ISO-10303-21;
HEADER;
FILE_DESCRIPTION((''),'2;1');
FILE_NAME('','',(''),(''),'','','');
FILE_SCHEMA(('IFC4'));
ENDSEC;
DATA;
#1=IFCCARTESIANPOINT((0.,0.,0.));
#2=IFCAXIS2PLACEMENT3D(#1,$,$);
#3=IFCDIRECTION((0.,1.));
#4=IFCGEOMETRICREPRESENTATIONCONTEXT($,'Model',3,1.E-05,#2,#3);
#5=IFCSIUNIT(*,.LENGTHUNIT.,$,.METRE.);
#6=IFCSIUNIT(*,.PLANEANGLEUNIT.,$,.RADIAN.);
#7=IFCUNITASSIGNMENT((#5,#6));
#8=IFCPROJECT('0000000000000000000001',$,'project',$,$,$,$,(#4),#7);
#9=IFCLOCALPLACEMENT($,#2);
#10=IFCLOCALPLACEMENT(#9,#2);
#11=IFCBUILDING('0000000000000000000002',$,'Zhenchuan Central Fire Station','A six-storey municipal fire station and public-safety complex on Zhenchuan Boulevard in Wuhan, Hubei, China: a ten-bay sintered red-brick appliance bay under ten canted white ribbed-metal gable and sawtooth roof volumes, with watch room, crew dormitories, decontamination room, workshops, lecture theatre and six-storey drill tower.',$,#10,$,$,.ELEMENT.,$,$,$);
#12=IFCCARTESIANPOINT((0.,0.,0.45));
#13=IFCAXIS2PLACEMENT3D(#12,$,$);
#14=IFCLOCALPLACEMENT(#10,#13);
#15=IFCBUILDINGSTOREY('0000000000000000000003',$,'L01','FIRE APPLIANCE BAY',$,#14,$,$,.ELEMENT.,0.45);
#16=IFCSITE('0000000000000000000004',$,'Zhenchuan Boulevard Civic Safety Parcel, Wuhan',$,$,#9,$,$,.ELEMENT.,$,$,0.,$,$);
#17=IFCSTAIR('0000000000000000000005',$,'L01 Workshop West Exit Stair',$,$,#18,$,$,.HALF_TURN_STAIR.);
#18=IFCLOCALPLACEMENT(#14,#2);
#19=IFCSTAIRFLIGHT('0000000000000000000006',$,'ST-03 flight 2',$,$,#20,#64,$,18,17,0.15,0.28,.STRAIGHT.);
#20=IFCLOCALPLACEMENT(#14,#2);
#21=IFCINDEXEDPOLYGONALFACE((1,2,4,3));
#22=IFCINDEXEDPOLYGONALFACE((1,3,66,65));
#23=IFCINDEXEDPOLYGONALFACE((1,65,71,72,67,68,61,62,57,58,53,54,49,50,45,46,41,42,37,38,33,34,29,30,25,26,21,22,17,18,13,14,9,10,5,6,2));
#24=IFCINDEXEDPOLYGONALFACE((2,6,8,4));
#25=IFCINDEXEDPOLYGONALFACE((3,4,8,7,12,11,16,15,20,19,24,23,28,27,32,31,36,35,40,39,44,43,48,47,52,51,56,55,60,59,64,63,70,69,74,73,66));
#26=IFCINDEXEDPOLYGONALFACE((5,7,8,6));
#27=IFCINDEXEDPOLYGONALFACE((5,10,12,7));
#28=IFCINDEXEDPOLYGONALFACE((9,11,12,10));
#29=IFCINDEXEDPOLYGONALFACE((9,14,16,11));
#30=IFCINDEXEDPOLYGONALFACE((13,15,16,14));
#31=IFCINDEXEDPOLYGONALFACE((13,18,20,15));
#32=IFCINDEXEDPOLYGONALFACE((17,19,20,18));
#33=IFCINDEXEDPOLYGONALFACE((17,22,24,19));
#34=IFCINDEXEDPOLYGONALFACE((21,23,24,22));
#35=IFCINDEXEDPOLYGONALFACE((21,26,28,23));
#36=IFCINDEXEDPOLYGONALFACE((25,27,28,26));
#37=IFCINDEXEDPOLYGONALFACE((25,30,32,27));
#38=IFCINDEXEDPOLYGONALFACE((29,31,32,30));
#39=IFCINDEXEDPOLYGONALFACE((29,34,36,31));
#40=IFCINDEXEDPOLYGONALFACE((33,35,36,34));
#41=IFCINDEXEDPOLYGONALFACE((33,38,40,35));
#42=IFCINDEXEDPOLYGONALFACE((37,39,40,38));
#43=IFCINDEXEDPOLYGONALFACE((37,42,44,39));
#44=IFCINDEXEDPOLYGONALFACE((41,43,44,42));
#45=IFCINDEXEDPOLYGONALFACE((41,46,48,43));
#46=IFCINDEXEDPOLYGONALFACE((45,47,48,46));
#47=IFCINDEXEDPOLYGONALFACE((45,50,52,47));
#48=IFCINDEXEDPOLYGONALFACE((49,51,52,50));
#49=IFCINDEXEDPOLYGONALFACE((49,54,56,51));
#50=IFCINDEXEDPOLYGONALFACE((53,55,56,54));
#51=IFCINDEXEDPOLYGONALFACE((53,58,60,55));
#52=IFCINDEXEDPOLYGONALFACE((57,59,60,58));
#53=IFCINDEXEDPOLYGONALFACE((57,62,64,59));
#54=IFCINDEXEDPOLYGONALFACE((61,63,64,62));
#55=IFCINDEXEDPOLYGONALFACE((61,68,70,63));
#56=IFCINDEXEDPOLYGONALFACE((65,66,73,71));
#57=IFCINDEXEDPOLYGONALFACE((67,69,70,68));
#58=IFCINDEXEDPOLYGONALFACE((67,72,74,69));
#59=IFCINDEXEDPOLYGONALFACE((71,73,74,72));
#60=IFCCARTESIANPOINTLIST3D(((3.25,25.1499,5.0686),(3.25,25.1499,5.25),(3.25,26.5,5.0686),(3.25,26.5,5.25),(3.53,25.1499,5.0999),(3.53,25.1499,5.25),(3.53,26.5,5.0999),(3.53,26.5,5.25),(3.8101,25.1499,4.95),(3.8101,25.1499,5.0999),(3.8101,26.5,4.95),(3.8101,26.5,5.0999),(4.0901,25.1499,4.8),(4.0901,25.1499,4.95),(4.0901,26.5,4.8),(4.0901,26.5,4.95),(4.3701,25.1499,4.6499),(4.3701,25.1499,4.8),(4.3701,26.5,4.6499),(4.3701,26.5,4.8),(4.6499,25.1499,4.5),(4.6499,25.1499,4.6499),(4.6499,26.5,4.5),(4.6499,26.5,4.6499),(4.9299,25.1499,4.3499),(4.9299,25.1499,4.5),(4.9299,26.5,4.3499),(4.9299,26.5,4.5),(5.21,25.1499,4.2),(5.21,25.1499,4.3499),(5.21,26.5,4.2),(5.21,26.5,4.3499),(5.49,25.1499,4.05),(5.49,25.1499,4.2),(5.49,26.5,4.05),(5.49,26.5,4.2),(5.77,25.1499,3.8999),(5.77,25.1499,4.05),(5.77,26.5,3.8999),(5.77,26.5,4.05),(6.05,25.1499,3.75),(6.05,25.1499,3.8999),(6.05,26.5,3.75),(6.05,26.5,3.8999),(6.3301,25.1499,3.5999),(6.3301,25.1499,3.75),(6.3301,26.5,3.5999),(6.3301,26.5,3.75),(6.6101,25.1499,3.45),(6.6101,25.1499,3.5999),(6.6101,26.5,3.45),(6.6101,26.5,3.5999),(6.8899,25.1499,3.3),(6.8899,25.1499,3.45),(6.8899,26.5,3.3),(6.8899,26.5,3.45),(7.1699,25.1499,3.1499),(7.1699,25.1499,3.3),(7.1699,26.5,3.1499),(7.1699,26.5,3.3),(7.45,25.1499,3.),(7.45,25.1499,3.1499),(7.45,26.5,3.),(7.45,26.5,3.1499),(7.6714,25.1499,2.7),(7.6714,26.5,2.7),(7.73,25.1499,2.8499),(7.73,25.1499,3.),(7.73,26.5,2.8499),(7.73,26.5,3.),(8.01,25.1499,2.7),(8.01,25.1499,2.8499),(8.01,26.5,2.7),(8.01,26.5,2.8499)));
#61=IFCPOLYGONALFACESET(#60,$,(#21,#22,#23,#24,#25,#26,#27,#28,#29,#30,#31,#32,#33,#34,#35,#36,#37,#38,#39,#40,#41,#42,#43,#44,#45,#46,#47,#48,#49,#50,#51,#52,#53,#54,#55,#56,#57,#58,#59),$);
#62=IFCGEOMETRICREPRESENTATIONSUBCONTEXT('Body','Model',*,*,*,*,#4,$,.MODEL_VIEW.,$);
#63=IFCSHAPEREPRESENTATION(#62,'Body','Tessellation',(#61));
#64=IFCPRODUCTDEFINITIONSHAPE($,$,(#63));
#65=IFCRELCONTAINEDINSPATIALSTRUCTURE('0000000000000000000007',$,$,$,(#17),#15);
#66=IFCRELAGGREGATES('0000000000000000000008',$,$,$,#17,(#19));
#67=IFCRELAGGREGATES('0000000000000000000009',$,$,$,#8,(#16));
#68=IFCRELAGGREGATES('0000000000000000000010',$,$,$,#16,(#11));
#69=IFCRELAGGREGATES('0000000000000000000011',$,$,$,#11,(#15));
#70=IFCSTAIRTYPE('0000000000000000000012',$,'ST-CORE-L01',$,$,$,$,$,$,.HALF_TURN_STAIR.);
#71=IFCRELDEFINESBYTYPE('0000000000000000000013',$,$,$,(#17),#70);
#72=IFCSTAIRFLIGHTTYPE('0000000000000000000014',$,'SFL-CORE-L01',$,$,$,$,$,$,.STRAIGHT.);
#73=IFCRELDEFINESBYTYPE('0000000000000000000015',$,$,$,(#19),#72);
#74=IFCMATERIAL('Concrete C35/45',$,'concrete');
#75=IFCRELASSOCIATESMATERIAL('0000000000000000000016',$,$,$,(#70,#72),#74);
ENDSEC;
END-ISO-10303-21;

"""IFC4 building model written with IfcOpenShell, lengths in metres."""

from ifc_helpers import new_model, si_unit, direction, frame, origin, place, context, subcontext, project, spatial, polyline, outline, extrude, material, type_object, element, aggregate, save


model = new_model("IFC4")

# Units and contexts
model_context = context("Model", 3, precision=1e-05, world=origin(), true_north=direction((0.0, 1.0)))
body_context = subcontext(model_context, "Body", "Model", "MODEL_VIEW")
ifc_project = project(units=[si_unit("LENGTHUNIT", "METRE"), si_unit("PLANEANGLEUNIT", "RADIAN")], contexts=[model_context])

# Site, building, storey
site_placement = place(None, origin())
site = spatial("IfcSite", under=ifc_project, at=site_placement, Name="Zhenchuan Boulevard Civic Safety Parcel, Wuhan", CompositionType="ELEMENT", RefElevation=0.0)
building_placement = place(site_placement, origin())
building = spatial("IfcBuilding", under=site, at=building_placement, Name="Zhenchuan Central Fire Station", Description="A six-storey municipal fire station and public-safety complex on Zhenchuan Boulevard in Wuhan, Hubei, China: a ten-bay sintered red-brick appliance bay under ten canted white ribbed-metal gable and sawtooth roof volumes, with watch room, crew dormitories, decontamination room, workshops, lecture theatre and six-storey drill tower.", CompositionType="ELEMENT")
storey_placement = place(building_placement, frame((0.0, 0.0, 0.45)))
storey = spatial("IfcBuildingStorey", under=building, at=storey_placement, Name="L01", Description="FIRE APPLIANCE BAY", CompositionType="ELEMENT", Elevation=0.45)

# Shared definitions
ifc_material_1 = material(Name="Concrete C35/45", Category="concrete")

# Stair, stair flight
stair_type = type_object("IfcStairType", Name="ST-CORE-L01", PredefinedType="HALF_TURN_STAIR", material=ifc_material_1)
stair_placement = place(storey_placement, origin())
stair = element("IfcStair", 1, at=stair_placement, inside=storey, type_object=stair_type, Name="L01 Workshop West Exit Stair", PredefinedType="HALF_TURN_STAIR")
stair_flight_type = type_object("IfcStairFlightType", Name="SFL-CORE-L01", PredefinedType="STRAIGHT", material=ifc_material_1)
stair_flight_1_placement = place(storey_placement, frame((8.01, 25.825, 2.7), z_axis=(0.0, 0.0, 1.0), x_axis=(-1.0, 0.0, 0.0)))
stair_flight_1 = element("IfcStairFlight", 2, at=stair_flight_1_placement, type_object=stair_flight_type, Name="ST-03 flight 2", NumberOfRisers=18, NumberOfTreads=17, PredefinedType="STRAIGHT", RiserHeight=0.15, TreadLength=0.28, context=body_context, shape_type="SweptSolid", body=[
    extrude(outline(polyline([(0.0, 0.0), (0.0, 0.1499), (0.28, 0.1499), (0.28, 0.3), (0.5601, 0.3), (0.5601, 0.45), (0.8401, 0.45), (0.8401, 0.6001), (1.1201, 0.6001), (1.1201, 0.75), (1.3999, 0.75), (1.3999, 0.8999), (1.6799, 0.8999), (1.6799, 1.05), (1.96, 1.05), (1.96, 1.2), (2.24, 1.2), (2.24, 1.3501), (2.52, 1.3501), (2.52, 1.5), (2.8, 1.5), (2.8, 1.6499), (3.0801, 1.6499), (3.0801, 1.8), (3.3601, 1.8), (3.3601, 1.95), (3.6399, 1.95), (3.6399, 2.1001), (3.9199, 2.1001), (3.9199, 2.25), (4.2, 2.25), (4.2, 2.3999), (4.48, 2.3999), (4.48, 2.55), (4.76, 2.55), (4.76, 2.7), (4.76, 2.3687), (0.3386, 0.0), (0.0, 0.0)])), frame((0.0, 0.675, 0.0), z_axis=(0.0, -1.0, 0.0), x_axis=(1.0, 0.0, 0.0)), (0.0, 0.0, 1.0), 1.3501),
])
aggregate(stair, [stair_flight_1])

save(model, "model.ifc")
